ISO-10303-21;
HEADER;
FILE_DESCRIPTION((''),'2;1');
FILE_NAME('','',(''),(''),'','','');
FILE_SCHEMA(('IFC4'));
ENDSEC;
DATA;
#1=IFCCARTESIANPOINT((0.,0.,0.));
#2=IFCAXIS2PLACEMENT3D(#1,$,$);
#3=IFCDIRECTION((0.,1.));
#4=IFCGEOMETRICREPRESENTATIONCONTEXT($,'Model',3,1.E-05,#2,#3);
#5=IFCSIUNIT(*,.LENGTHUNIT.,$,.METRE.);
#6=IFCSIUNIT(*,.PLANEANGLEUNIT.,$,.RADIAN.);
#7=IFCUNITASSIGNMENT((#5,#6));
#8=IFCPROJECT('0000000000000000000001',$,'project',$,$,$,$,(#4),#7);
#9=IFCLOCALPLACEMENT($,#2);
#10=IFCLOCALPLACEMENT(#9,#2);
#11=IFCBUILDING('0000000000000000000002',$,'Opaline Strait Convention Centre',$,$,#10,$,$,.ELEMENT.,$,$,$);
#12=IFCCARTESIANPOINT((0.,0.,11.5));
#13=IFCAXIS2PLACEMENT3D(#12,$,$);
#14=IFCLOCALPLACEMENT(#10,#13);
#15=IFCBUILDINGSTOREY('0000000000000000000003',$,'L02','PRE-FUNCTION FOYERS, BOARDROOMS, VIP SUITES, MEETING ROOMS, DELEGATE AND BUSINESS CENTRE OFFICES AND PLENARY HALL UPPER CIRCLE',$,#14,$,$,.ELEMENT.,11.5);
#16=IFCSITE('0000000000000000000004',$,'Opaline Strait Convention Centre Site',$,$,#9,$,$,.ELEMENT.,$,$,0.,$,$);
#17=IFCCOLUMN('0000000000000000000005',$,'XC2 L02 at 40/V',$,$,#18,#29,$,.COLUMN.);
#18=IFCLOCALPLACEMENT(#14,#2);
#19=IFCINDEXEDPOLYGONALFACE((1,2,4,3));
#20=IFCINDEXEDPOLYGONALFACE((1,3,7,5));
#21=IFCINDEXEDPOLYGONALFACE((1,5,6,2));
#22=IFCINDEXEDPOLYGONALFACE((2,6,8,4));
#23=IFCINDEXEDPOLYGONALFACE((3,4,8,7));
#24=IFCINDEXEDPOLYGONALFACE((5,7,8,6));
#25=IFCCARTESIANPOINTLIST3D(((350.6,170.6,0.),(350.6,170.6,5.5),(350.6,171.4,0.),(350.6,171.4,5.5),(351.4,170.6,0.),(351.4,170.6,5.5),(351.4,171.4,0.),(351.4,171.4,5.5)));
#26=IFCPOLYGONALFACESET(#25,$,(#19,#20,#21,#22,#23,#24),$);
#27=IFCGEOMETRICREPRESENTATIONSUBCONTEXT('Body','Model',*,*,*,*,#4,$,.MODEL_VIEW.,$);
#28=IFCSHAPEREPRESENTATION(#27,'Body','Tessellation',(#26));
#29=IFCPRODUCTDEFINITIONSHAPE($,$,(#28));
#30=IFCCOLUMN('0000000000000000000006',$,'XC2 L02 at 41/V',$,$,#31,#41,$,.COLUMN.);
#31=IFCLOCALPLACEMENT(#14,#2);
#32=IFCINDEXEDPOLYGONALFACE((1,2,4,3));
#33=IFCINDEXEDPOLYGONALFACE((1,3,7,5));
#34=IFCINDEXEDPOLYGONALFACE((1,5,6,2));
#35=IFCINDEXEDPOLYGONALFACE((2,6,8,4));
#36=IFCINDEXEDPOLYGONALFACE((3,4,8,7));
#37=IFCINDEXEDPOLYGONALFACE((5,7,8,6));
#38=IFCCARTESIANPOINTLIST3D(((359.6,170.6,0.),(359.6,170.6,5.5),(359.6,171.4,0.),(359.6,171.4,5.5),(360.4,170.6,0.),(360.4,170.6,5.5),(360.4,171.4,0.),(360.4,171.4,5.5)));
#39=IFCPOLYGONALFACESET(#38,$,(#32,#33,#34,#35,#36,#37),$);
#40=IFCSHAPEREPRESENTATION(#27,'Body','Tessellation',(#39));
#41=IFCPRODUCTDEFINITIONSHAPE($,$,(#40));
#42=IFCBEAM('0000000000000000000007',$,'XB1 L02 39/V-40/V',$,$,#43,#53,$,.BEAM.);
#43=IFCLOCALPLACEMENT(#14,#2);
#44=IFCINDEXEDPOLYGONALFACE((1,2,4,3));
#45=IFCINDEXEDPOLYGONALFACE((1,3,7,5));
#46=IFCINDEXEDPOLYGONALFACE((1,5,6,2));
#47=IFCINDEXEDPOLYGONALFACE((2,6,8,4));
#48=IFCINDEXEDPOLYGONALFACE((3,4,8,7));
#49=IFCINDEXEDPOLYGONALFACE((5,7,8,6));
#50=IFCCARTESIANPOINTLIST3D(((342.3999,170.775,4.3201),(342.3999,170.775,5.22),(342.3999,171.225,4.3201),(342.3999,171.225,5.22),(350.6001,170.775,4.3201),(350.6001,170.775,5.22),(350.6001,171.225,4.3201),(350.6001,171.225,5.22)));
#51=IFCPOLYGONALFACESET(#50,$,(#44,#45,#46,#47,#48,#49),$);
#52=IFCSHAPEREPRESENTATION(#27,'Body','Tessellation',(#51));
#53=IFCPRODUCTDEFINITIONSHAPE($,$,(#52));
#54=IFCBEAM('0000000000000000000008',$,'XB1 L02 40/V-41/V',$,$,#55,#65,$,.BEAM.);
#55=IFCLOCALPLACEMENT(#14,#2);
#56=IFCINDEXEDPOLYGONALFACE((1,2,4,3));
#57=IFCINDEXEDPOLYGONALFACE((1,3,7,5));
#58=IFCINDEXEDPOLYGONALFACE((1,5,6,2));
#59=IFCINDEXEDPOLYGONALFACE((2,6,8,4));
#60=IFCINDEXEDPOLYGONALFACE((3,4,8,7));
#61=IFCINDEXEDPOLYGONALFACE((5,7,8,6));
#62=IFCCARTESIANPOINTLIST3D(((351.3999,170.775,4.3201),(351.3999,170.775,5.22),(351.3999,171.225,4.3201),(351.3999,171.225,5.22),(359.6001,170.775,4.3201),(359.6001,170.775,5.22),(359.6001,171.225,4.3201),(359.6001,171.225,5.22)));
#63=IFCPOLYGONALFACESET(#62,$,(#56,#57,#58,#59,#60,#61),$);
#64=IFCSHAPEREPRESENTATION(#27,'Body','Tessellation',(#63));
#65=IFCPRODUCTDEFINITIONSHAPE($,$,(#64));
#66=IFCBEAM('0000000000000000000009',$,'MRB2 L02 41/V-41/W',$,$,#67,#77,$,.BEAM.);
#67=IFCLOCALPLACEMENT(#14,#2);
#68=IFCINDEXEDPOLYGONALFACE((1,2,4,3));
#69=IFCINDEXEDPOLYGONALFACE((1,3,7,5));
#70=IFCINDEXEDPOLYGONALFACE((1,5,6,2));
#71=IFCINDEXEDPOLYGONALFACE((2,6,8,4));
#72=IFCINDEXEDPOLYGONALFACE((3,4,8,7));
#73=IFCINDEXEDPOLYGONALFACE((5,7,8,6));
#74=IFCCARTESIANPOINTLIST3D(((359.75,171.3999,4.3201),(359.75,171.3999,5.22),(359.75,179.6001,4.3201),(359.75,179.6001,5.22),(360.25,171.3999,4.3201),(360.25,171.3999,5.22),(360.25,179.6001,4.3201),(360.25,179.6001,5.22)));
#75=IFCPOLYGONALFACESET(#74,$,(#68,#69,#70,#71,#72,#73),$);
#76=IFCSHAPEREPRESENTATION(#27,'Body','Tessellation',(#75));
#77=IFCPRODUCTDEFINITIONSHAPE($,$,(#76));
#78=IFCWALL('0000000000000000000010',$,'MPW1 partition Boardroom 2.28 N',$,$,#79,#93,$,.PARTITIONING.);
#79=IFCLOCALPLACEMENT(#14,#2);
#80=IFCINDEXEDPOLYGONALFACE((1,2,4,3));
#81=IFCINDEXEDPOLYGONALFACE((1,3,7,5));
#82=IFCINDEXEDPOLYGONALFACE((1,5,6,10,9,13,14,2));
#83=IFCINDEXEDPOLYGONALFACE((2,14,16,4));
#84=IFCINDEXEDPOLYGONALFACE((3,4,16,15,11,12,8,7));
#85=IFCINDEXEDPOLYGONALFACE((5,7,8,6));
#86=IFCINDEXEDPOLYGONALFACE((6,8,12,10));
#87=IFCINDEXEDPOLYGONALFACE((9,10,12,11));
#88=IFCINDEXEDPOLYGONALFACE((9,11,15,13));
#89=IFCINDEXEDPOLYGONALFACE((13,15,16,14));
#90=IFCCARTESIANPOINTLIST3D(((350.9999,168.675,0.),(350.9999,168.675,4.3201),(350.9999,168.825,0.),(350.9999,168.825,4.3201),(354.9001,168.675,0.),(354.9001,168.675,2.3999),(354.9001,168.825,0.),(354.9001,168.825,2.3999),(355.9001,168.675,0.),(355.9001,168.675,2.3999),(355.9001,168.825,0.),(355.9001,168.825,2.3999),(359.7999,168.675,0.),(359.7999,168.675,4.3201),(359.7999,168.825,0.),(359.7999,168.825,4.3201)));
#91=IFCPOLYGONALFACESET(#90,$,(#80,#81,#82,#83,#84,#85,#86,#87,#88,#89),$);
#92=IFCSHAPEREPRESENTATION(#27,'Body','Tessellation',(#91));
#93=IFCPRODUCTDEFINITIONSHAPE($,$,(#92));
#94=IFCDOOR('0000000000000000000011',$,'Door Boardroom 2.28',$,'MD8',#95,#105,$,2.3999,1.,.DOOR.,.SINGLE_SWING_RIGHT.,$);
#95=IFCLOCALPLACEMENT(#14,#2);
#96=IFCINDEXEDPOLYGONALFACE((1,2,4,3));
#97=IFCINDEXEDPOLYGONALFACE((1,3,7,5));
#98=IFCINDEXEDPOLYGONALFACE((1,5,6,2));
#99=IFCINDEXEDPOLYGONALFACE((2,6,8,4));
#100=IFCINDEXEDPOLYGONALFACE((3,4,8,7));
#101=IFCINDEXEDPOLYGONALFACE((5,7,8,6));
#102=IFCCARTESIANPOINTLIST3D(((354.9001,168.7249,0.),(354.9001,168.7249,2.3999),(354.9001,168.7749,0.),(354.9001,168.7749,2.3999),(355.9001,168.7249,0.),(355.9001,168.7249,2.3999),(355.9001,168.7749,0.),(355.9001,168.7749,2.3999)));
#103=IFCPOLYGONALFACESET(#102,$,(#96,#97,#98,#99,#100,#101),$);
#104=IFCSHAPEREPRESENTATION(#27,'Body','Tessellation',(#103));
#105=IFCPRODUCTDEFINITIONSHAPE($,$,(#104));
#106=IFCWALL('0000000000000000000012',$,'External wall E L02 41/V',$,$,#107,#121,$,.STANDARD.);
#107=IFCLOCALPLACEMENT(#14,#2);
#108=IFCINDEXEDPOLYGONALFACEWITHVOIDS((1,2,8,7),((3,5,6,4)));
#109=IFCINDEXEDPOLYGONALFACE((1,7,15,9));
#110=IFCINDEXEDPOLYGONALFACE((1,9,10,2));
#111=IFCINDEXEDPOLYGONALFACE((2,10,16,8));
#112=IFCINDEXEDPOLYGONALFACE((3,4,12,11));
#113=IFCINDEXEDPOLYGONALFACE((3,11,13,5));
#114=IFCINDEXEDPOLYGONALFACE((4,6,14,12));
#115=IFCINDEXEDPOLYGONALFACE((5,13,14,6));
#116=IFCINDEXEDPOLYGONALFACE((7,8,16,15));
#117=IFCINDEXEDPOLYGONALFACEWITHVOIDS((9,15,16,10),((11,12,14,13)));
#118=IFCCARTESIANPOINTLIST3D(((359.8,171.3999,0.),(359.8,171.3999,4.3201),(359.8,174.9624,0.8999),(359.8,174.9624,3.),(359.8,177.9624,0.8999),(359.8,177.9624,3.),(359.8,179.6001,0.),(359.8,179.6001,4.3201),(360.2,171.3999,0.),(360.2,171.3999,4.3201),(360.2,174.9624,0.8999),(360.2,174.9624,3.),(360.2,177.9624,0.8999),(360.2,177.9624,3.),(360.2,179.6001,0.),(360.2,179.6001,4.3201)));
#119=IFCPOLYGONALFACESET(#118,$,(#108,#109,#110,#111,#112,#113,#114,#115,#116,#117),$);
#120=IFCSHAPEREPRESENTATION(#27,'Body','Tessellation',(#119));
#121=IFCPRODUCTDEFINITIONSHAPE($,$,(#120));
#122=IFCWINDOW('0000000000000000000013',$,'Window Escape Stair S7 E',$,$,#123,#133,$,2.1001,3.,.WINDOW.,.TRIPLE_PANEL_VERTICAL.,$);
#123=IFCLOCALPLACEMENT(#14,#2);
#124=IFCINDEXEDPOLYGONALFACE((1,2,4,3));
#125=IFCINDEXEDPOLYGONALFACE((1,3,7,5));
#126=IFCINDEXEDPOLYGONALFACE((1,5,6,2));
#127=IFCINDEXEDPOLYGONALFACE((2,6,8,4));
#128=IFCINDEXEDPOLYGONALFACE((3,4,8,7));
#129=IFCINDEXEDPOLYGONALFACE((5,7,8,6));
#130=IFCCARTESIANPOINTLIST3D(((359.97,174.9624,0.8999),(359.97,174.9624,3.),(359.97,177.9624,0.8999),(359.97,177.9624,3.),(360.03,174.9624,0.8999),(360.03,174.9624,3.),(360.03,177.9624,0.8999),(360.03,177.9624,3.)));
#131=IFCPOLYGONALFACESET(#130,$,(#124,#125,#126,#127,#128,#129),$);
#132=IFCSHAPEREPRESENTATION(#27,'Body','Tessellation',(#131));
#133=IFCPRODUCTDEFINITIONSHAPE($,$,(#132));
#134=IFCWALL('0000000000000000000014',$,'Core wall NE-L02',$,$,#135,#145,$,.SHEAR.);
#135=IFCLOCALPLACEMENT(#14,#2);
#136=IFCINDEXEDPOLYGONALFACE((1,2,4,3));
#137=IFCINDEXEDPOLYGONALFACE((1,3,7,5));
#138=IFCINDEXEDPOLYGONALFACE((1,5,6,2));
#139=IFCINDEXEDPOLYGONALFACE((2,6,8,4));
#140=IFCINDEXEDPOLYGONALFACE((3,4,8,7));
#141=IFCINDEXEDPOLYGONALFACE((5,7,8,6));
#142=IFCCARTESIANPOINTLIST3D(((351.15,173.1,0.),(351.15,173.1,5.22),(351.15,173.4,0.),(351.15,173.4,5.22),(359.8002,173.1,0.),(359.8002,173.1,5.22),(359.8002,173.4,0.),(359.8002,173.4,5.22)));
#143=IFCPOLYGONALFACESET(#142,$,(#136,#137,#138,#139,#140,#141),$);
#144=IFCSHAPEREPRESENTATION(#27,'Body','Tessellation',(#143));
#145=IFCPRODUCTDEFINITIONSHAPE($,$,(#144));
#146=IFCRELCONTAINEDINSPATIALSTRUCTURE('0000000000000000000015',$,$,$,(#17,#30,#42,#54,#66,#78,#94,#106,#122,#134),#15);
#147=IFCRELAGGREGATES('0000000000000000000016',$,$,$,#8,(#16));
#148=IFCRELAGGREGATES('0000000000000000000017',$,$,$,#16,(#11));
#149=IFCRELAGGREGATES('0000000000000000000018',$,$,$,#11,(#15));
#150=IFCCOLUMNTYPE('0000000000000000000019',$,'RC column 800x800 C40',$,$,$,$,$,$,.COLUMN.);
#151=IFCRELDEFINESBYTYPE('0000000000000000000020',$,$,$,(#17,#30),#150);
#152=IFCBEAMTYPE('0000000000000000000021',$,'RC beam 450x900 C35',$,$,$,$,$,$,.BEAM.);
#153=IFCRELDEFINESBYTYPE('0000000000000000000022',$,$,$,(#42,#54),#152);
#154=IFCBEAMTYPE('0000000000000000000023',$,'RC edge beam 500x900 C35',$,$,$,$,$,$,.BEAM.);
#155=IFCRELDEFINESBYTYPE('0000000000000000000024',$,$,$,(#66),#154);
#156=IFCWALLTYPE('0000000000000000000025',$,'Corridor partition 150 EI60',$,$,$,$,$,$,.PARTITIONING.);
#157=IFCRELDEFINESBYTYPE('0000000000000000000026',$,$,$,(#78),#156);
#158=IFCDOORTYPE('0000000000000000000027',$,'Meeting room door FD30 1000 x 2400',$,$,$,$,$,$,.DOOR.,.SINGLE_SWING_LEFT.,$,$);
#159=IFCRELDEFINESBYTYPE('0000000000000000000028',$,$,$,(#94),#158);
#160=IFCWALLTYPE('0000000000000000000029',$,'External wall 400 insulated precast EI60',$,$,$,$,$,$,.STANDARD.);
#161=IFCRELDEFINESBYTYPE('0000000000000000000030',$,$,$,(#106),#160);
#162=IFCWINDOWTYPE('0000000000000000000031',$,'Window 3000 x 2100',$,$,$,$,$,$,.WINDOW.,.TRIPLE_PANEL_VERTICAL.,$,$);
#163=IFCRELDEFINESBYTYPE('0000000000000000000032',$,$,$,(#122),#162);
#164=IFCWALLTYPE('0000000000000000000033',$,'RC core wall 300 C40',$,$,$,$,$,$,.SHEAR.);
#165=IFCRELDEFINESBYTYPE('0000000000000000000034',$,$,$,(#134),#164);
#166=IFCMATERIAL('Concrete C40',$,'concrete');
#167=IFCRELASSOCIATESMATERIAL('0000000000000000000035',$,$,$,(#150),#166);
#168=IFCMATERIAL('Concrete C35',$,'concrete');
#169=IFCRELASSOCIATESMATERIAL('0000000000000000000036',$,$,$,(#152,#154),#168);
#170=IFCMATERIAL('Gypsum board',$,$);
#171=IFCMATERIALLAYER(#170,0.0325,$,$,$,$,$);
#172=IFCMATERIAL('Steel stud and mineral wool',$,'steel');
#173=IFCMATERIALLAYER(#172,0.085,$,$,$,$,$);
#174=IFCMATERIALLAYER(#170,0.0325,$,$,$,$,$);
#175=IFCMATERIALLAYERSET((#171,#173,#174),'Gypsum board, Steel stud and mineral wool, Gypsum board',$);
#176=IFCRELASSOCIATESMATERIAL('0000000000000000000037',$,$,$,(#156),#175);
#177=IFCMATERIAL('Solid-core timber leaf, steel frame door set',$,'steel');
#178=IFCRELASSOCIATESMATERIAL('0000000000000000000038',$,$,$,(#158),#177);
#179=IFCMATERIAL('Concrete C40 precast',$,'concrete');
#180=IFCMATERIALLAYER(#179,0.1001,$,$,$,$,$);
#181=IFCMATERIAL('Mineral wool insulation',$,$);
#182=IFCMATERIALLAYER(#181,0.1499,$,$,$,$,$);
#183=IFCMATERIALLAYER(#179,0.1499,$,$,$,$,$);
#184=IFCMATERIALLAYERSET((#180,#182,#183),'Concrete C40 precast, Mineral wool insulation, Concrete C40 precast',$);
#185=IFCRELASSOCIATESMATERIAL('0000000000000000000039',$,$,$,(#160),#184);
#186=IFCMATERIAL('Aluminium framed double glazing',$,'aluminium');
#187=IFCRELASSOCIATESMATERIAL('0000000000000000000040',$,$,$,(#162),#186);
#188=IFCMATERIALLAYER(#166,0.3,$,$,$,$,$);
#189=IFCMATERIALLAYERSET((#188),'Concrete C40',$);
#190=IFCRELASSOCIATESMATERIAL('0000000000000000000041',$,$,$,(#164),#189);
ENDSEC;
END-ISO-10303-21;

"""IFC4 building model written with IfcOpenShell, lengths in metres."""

from ifc_helpers import new_model, si_unit, direction, frame, frame_2d, origin, origin_2d, place, context, subcontext, project, spatial, rectangle, extrude, material, layer, layer_set, material_profile, profile_set, type_object, element, fill, save


model = new_model("IFC4")

# Units and contexts
model_context = context("Model", 3, precision=1e-05, world=origin(), true_north=direction((0.0, 1.0)))
body_context = subcontext(model_context, "Body", "Model", "MODEL_VIEW")
ifc_project = project(units=[si_unit("LENGTHUNIT", "METRE"), si_unit("PLANEANGLEUNIT", "RADIAN")], contexts=[model_context])

# Site, building, storey
site_placement = place(None, origin())
site = spatial("IfcSite", under=ifc_project, at=site_placement, Name="Opaline Strait Convention Centre Site", CompositionType="ELEMENT", RefElevation=0.0)
building_placement = place(site_placement, origin())
building = spatial("IfcBuilding", under=site, at=building_placement, Name="Opaline Strait Convention Centre", CompositionType="ELEMENT")
storey_placement = place(building_placement, frame((0.0, 0.0, 11.5)))
storey = spatial("IfcBuildingStorey", under=building, at=storey_placement, Name="L02", Description="PRE-FUNCTION FOYERS, BOARDROOMS, VIP SUITES, MEETING ROOMS, DELEGATE AND BUSINESS CENTRE OFFICES AND PLENARY HALL UPPER CIRCLE", CompositionType="ELEMENT", Elevation=11.5)

# Columns
ifc_material_1 = material(Name="Concrete C40", Category="concrete")
ifc_material_profile_1 = material_profile(ifc_material_1, rectangle(XDim=0.8, YDim=0.8, at=origin_2d()), Name="RC 800x800")
ifc_profile_set_1 = profile_set([ifc_material_profile_1], Name="Concrete C40")
column_type = type_object("IfcColumnType", Name="RC column 800x800 C40", PredefinedType="COLUMN", material=ifc_profile_set_1)
for number, where, z_axis, x_axis, name in (
    (1, (351.0, 171.0, 0.0), (0.0, 0.0, 1.0), (1.0, 0.0, 0.0), "XC2 L02 at 40/V"),
    (2, (360.0, 171.0, 0.0), (0.0, 0.0, 1.0), (1.0, 0.0, 0.0), "XC2 L02 at 41/V"),
):
    element("IfcColumn", number, at=place(storey_placement, frame(where, z_axis=z_axis, x_axis=x_axis)), inside=storey, type_object=column_type, Name=name, PredefinedType="COLUMN", context=body_context, shape_type="SweptSolid", body=[
        extrude(rectangle(XDim=0.8, YDim=0.8, at=origin_2d()), origin(), (0.0, 0.0, 1.0), 5.5),
    ])

# Beams
ifc_material_2 = material(Name="Concrete C35", Category="concrete")
ifc_material_profile_2 = material_profile(ifc_material_2, rectangle(XDim=0.45, YDim=0.8999, at=origin_2d()), Name="RC 450x900")
ifc_profile_set_2 = profile_set([ifc_material_profile_2], Name="Concrete C35")
beam_type_1 = type_object("IfcBeamType", Name="RC beam 450x900 C35", PredefinedType="BEAM", material=ifc_profile_set_2)
for number, where, z_axis, x_axis, name in (
    (3, (342.3999, 171.0, 4.77), (1.0, 0.0, 0.0), (0.0, 1.0, 0.0), "XB1 L02 39/V-40/V"),
    (4, (351.3999, 171.0, 4.77), (1.0, 0.0, 0.0), (0.0, 1.0, 0.0), "XB1 L02 40/V-41/V"),
):
    element("IfcBeam", number, at=place(storey_placement, frame(where, z_axis=z_axis, x_axis=x_axis)), inside=storey, type_object=beam_type_1, Name=name, PredefinedType="BEAM", context=body_context, shape_type="SweptSolid", body=[
        extrude(rectangle(XDim=0.45, YDim=0.8999, at=origin_2d()), origin(), (0.0, 0.0, 1.0), 8.2002),
    ])
ifc_material_profile_3 = material_profile(ifc_material_2, rectangle(XDim=0.5, YDim=0.8999, at=origin_2d()), Name="RC 500x900")
ifc_profile_set_3 = profile_set([ifc_material_profile_3], Name="Concrete C35")
beam_type_2 = type_object("IfcBeamType", Name="RC edge beam 500x900 C35", PredefinedType="BEAM", material=ifc_profile_set_3)
beam_placement = place(storey_placement, frame((360.0, 171.3999, 4.77), z_axis=(0.0, 1.0, 0.0), x_axis=(-1.0, 0.0, 0.0)))
element("IfcBeam", 5, at=beam_placement, inside=storey, type_object=beam_type_2, Name="MRB2 L02 41/V-41/W", PredefinedType="BEAM", context=body_context, shape_type="SweptSolid", body=[
    extrude(rectangle(XDim=0.5, YDim=0.8999, at=origin_2d()), origin(), (0.0, 0.0, 1.0), 8.2002),
])

# Wall, opening, door
ifc_material_3 = material(Name="Gypsum board")
ifc_layer_1 = layer(ifc_material_3, 0.0325)
ifc_material_4 = material(Name="Steel stud and mineral wool", Category="steel")
ifc_layer_2 = layer(ifc_material_4, 0.085)
ifc_layer_3 = layer(ifc_material_3, 0.0325)
ifc_layer_set_1 = layer_set([ifc_layer_1, ifc_layer_2, ifc_layer_3], Name="Gypsum board, Steel stud and mineral wool, Gypsum board")
wall_type_1 = type_object("IfcWallType", Name="Corridor partition 150 EI60", PredefinedType="PARTITIONING", material=ifc_layer_set_1)
wall_1_placement = place(storey_placement, frame((351.0, 168.75, 0.0), z_axis=(0.0, 0.0, 1.0), x_axis=(1.0, 0.0, 0.0)))
wall_1 = element("IfcWall", 6, at=wall_1_placement, inside=storey, type_object=wall_type_1, Name="MPW1 partition Boardroom 2.28 N", PredefinedType="PARTITIONING", context=body_context, shape_type="SweptSolid", body=[
    extrude(rectangle(XDim=8.8, YDim=0.1499, at=frame_2d((4.3999, 0.0))), origin(), (0.0, 0.0, 1.0), 4.3201),
])
opening_1_placement = place(wall_1_placement, frame((3.9001, 0.0, 0.0)))
opening_1 = element("IfcOpeningElement", 7, at=opening_1_placement, cuts=wall_1, PredefinedType="OPENING", context=body_context, shape_type="SweptSolid", body=[
    extrude(rectangle(XDim=1.0, YDim=2.3999, at=frame_2d((0.5, 1.2))), frame((0.0, 0.085, 0.0), z_axis=(0.0, -1.0, 0.0), x_axis=(1.0, 0.0, 0.0)), (0.0, 0.0, 1.0), 0.1699),
])
ifc_material_5 = material(Name="Solid-core timber leaf, steel frame door set", Category="steel")
door_type_1 = type_object("IfcDoorType", Name="Meeting room door FD30 1000 x 2400", OperationType="SINGLE_SWING_LEFT", PredefinedType="DOOR", material=ifc_material_5)
door_1_placement = place(opening_1_placement, origin())
door_1 = element("IfcDoor", 8, at=door_1_placement, inside=storey, type_object=door_type_1, Name="Door Boardroom 2.28", ObjectType="MD8", OperationType="SINGLE_SWING_RIGHT", OverallHeight=2.3999, OverallWidth=1.0, PredefinedType="DOOR", context=body_context, shape_type="SweptSolid", body=[
    extrude(rectangle(XDim=1.0, YDim=2.3999, at=frame_2d((0.5, 1.2))), frame((0.0, 0.0249, 0.0), z_axis=(0.0, -1.0, 0.0), x_axis=(1.0, 0.0, 0.0)), (0.0, 0.0, 1.0), 0.05),
])
fill(opening_1, door_1)

# Wall, opening, window
ifc_material_6 = material(Name="Concrete C40 precast", Category="concrete")
ifc_layer_4 = layer(ifc_material_6, 0.1001)
ifc_material_7 = material(Name="Mineral wool insulation")
ifc_layer_5 = layer(ifc_material_7, 0.1499)
ifc_layer_6 = layer(ifc_material_6, 0.1499)
ifc_layer_set_2 = layer_set([ifc_layer_4, ifc_layer_5, ifc_layer_6], Name="Concrete C40 precast, Mineral wool insulation, Concrete C40 precast")
wall_type_2 = type_object("IfcWallType", Name="External wall 400 insulated precast EI60", PredefinedType="STANDARD", material=ifc_layer_set_2)
wall_2_placement = place(storey_placement, frame((360.0, 171.3999, 0.0), z_axis=(0.0, 0.0, 1.0), x_axis=(0.0, 1.0, 0.0)))
wall_2 = element("IfcWall", 9, at=wall_2_placement, inside=storey, type_object=wall_type_2, Name="External wall E L02 41/V", PredefinedType="STANDARD", context=body_context, shape_type="SweptSolid", body=[
    extrude(rectangle(XDim=8.2002, YDim=0.3999, at=frame_2d((4.1001, 0.0))), origin(), (0.0, 0.0, 1.0), 4.3201),
])
opening_2_placement = place(wall_2_placement, frame((3.5625, 0.0, 0.8999)))
opening_2 = element("IfcOpeningElement", 10, at=opening_2_placement, cuts=wall_2, PredefinedType="OPENING", context=body_context, shape_type="SweptSolid", body=[
    extrude(rectangle(XDim=3.0, YDim=2.1001, at=frame_2d((1.5, 1.05))), frame((0.0, 0.21, 0.0), z_axis=(0.0, -1.0, 0.0), x_axis=(1.0, 0.0, 0.0)), (0.0, 0.0, 1.0), 0.4199),
])
ifc_material_8 = material(Name="Aluminium framed double glazing", Category="aluminium")
window_type = type_object("IfcWindowType", Name="Window 3000 x 2100", PartitioningType="TRIPLE_PANEL_VERTICAL", PredefinedType="WINDOW", material=ifc_material_8)
window_placement = place(opening_2_placement, origin())
window = element("IfcWindow", 11, at=window_placement, inside=storey, type_object=window_type, Name="Window Escape Stair S7 E", OverallHeight=2.1001, OverallWidth=3.0, PartitioningType="TRIPLE_PANEL_VERTICAL", PredefinedType="WINDOW", context=body_context, shape_type="SweptSolid", body=[
    extrude(rectangle(XDim=3.0, YDim=2.1001, at=frame_2d((1.5, 1.05))), frame((0.0, 0.03, 0.0), z_axis=(0.0, -1.0, 0.0), x_axis=(1.0, 0.0, 0.0)), (0.0, 0.0, 1.0), 0.0601),
])
fill(opening_2, window)

# Shared definitions
ifc_layer_7 = layer(ifc_material_1, 0.3)
ifc_layer_set_3 = layer_set([ifc_layer_7], Name="Concrete C40")
wall_type_3 = type_object("IfcWallType", Name="RC core wall 300 C40", PredefinedType="SHEAR", material=ifc_layer_set_3)

# Wall
wall_3_placement = place(storey_placement, frame((351.1499, 173.25, 0.0), z_axis=(0.0, 0.0, 1.0), x_axis=(1.0, 0.0, 0.0)))
element("IfcWall", 12, at=wall_3_placement, inside=storey, type_object=wall_type_3, Name="Core wall NE-L02", PredefinedType="SHEAR", context=body_context, shape_type="SweptSolid", body=[
    extrude(rectangle(XDim=8.6501, YDim=0.3, at=frame_2d((4.3252, 0.0))), origin(), (0.0, 0.0, 1.0), 5.22),
])

save(model, "model.ifc")
